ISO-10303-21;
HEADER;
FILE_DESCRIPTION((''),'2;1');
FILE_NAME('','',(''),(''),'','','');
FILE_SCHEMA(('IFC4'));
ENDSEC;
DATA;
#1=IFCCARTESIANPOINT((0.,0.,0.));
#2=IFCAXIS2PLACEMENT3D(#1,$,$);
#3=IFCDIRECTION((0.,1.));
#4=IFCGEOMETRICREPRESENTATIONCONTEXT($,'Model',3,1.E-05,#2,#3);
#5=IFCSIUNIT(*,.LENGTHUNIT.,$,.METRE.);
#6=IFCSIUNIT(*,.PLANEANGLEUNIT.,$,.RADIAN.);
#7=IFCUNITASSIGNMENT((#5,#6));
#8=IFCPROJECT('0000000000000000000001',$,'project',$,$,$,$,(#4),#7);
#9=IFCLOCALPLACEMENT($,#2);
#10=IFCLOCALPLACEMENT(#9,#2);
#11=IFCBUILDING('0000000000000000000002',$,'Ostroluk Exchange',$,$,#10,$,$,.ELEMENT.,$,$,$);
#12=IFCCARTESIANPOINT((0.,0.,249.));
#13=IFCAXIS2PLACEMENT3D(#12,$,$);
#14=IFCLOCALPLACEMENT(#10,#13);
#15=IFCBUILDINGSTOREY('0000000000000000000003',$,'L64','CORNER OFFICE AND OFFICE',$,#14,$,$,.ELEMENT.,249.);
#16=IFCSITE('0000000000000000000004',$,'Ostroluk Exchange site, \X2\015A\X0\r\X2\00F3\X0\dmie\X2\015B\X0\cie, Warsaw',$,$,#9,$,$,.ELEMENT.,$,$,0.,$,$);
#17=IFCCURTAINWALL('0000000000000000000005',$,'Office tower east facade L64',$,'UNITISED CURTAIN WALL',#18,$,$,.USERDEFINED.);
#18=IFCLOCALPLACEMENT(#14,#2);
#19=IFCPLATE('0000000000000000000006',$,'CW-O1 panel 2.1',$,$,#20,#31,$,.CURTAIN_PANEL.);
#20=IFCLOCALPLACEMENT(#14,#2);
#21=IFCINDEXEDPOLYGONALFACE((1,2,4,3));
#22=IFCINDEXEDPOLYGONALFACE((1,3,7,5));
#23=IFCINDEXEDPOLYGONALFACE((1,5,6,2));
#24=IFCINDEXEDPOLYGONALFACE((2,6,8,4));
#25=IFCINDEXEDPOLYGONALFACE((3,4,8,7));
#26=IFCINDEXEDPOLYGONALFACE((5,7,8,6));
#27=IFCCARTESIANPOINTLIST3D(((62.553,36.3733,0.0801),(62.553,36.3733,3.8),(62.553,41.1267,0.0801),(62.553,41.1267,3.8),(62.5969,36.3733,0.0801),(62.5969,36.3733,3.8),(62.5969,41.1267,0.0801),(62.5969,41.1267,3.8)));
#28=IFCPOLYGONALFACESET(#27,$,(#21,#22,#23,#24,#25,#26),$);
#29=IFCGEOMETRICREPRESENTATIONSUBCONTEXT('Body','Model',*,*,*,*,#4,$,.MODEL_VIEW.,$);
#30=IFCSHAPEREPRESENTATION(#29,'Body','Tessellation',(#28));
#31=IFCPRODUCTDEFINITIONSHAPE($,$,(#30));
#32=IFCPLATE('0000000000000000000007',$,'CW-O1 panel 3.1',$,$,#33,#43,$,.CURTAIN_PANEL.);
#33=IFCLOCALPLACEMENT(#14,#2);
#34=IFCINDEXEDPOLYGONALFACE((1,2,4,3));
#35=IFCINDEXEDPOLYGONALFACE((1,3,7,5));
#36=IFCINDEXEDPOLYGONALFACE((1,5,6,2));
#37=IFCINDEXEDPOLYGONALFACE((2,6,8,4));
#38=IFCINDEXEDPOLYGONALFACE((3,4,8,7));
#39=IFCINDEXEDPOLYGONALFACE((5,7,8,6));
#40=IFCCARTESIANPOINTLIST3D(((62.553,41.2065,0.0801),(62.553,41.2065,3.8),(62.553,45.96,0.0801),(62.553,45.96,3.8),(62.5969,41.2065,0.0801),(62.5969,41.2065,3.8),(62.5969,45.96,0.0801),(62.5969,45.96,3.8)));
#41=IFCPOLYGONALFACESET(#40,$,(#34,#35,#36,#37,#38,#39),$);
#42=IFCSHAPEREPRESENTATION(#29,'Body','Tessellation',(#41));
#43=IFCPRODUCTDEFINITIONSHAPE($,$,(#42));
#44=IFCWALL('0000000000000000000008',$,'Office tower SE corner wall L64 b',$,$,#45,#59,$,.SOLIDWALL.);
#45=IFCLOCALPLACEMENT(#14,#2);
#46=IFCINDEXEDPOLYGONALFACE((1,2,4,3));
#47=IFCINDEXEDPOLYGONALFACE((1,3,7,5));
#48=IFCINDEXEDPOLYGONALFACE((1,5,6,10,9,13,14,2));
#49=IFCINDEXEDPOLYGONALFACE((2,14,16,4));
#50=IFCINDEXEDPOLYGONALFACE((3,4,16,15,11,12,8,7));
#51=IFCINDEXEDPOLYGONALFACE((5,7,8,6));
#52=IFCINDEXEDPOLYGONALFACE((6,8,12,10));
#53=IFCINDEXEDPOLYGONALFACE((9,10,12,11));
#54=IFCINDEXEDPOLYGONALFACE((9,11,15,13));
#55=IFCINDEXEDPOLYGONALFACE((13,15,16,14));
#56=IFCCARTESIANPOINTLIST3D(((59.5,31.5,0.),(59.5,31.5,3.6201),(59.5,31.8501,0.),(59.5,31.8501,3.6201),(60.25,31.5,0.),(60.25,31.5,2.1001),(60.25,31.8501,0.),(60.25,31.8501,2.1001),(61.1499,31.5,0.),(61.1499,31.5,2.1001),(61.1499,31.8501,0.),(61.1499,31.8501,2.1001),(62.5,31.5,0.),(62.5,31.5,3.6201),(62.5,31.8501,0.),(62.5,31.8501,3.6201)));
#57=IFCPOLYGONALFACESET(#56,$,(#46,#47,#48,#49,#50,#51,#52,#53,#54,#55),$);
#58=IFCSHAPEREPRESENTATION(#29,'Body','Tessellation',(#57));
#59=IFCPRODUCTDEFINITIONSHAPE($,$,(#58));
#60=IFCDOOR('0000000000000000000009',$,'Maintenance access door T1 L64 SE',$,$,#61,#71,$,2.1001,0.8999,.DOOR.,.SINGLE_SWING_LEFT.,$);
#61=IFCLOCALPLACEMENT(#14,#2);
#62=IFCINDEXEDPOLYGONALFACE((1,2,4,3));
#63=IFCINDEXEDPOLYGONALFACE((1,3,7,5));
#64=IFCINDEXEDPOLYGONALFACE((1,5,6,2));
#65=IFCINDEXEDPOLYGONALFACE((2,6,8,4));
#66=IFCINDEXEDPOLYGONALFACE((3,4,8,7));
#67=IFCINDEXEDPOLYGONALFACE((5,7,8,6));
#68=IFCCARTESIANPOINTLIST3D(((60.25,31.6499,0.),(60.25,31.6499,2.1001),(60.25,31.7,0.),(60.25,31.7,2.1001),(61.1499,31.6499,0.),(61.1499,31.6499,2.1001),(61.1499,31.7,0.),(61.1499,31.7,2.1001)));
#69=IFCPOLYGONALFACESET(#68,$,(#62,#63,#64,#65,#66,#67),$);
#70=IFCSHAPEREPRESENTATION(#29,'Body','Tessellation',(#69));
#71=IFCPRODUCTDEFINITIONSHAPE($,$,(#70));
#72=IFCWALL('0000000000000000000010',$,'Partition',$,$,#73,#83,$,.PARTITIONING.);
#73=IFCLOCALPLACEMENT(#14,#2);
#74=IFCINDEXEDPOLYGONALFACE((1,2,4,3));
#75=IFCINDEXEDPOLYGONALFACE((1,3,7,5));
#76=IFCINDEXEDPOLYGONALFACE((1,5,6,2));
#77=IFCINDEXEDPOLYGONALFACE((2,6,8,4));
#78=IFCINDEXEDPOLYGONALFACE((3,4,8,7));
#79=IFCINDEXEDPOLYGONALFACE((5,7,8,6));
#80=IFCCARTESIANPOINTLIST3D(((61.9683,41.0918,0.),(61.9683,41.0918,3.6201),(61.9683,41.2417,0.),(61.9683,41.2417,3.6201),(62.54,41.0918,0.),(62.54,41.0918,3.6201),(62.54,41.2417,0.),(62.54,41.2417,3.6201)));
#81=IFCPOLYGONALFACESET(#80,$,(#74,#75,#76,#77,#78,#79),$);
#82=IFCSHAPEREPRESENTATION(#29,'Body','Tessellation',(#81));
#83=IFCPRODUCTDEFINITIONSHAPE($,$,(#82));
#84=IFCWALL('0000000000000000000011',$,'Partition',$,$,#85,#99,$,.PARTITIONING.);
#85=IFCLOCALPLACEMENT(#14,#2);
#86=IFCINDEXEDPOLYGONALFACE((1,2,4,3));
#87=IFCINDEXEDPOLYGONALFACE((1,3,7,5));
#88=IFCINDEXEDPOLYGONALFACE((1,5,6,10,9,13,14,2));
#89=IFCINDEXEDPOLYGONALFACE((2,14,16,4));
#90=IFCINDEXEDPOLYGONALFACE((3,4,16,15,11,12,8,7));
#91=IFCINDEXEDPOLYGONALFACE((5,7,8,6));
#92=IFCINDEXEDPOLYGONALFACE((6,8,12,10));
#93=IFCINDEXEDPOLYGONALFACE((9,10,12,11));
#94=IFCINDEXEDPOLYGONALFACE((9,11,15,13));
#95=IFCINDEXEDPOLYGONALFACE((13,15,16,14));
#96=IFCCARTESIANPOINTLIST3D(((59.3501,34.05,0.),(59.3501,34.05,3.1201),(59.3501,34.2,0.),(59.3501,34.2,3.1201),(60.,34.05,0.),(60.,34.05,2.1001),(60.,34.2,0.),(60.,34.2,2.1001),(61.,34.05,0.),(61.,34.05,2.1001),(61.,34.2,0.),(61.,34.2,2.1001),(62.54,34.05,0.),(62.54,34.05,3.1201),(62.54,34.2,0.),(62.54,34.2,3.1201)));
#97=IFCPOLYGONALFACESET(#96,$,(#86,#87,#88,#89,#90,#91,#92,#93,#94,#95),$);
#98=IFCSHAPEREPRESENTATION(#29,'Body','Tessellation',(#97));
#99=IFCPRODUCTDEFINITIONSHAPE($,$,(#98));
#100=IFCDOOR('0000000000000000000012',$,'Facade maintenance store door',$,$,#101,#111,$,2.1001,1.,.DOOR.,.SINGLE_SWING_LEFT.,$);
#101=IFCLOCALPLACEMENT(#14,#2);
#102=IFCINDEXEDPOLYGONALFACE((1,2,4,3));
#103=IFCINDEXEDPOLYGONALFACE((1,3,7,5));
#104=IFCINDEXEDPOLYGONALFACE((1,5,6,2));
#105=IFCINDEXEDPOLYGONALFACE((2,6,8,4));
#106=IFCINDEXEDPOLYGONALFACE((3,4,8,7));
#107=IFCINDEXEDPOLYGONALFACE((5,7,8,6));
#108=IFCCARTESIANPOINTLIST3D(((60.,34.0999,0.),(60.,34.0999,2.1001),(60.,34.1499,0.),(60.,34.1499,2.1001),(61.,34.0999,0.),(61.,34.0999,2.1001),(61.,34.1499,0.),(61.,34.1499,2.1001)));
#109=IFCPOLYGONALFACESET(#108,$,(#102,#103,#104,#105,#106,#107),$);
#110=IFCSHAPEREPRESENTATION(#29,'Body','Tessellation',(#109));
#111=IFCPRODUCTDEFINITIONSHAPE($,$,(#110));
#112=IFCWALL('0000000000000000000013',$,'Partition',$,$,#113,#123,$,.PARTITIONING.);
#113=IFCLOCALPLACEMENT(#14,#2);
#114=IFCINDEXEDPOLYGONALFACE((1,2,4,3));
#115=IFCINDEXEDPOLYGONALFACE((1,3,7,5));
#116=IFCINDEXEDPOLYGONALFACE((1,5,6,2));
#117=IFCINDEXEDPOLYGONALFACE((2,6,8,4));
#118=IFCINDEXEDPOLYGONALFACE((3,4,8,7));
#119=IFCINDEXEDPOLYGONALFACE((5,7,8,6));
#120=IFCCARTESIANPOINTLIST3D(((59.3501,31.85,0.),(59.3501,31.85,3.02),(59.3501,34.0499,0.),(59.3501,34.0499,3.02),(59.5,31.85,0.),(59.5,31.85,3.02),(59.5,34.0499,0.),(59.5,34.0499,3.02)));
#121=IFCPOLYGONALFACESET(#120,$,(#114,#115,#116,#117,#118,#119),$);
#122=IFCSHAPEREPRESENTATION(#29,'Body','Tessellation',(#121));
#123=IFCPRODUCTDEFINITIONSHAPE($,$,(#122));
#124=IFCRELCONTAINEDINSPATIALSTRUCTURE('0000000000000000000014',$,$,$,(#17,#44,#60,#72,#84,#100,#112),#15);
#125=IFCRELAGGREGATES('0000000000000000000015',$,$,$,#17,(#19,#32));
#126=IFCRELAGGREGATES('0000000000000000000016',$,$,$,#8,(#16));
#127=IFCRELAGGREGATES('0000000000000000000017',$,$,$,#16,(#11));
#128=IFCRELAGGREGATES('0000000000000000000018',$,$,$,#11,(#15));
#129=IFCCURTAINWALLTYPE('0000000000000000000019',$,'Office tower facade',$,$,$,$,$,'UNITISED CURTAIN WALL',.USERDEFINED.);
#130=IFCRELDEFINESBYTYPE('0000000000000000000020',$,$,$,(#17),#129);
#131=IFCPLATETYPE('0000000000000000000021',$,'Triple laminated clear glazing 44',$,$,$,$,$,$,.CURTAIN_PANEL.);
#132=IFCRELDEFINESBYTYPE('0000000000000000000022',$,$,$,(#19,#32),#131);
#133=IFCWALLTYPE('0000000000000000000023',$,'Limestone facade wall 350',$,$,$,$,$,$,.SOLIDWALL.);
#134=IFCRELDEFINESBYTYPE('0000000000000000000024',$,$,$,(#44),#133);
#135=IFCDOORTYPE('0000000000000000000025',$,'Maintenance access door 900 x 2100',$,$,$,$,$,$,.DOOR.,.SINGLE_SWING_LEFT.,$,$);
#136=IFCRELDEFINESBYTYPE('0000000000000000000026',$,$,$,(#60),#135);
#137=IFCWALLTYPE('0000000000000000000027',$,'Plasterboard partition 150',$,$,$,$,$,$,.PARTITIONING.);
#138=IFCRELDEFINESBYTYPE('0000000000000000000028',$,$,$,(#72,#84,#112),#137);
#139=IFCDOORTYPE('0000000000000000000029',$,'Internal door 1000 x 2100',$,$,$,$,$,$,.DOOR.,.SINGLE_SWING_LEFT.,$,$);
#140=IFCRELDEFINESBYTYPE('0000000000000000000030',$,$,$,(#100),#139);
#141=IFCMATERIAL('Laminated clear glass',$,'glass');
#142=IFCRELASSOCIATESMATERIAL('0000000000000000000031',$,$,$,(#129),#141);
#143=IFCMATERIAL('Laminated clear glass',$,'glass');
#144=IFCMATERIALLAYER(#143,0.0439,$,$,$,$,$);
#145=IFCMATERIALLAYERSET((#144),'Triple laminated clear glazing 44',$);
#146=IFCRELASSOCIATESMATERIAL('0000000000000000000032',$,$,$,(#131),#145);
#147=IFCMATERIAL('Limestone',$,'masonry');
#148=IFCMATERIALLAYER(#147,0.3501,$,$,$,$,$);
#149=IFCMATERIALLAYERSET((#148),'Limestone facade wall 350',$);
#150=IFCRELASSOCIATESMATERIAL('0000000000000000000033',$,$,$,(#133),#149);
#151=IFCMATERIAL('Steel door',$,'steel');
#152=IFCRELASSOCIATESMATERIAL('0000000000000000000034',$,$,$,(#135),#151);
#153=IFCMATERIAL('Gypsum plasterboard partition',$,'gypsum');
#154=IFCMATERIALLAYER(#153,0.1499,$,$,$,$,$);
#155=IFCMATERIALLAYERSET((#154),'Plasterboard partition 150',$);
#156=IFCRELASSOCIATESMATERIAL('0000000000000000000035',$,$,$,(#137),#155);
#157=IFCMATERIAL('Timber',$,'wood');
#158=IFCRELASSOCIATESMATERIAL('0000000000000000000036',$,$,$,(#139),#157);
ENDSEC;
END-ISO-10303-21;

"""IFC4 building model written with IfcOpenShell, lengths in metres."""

from ifc_helpers import new_model, si_unit, direction, frame, frame_2d, origin, origin_2d, place, context, subcontext, project, spatial, rectangle, extrude, material, layer, layer_set, type_object, element, fill, aggregate, save


model = new_model("IFC4")

# Units and contexts
model_context = context("Model", 3, precision=1e-05, world=origin(), true_north=direction((0.0, 1.0)))
body_context = subcontext(model_context, "Body", "Model", "MODEL_VIEW")
ifc_project = project(units=[si_unit("LENGTHUNIT", "METRE"), si_unit("PLANEANGLEUNIT", "RADIAN")], contexts=[model_context])

# Site, building, storey
site_placement = place(None, origin())
site = spatial("IfcSite", under=ifc_project, at=site_placement, Name="Ostroluk Exchange site, Śródmieście, Warsaw", CompositionType="ELEMENT", RefElevation=0.0)
building_placement = place(site_placement, origin())
building = spatial("IfcBuilding", under=site, at=building_placement, Name="Ostroluk Exchange", CompositionType="ELEMENT")
storey_placement = place(building_placement, frame((0.0, 0.0, 249.0)))
storey = spatial("IfcBuildingStorey", under=building, at=storey_placement, Name="L64", Description="CORNER OFFICE AND OFFICE", CompositionType="ELEMENT", Elevation=249.0)

# Curtain wall
ifc_material_1 = material(Name="Laminated clear glass", Category="glass")
curtain_wall_type = type_object("IfcCurtainWallType", Name="Office tower facade", ElementType="UNITISED CURTAIN WALL", PredefinedType="USERDEFINED", material=ifc_material_1)
curtain_wall_1_placement = place(storey_placement, origin())
curtain_wall_1 = element("IfcCurtainWall", 1, at=curtain_wall_1_placement, inside=storey, type_object=curtain_wall_type, Name="Office tower east facade L64", ObjectType="UNITISED CURTAIN WALL", PredefinedType="USERDEFINED")

# Plates
ifc_material_2 = material(Name="Laminated clear glass", Category="glass")
ifc_layer_1 = layer(ifc_material_2, 0.0439)
ifc_layer_set_1 = layer_set([ifc_layer_1], Name="Triple laminated clear glazing 44")
plate_type_1 = type_object("IfcPlateType", Name="Triple laminated clear glazing 44", PredefinedType="CURTAIN_PANEL", material=ifc_layer_set_1)
plate_1_placement = place(storey_placement, frame((62.575, 38.75, 0.0801), z_axis=(0.0, 0.0, 1.0), x_axis=(0.0, 1.0, 0.0)))
plate_1 = element("IfcPlate", 2, at=plate_1_placement, type_object=plate_type_1, Name="CW-O1 panel 2.1", PredefinedType="CURTAIN_PANEL", context=body_context, shape_type="SweptSolid", body=[
    extrude(rectangle(XDim=4.7534, YDim=0.0439, at=origin_2d()), origin(), (0.0, 0.0, 1.0), 3.72),
])
plate_2_placement = place(storey_placement, frame((62.575, 43.5833, 0.0801), z_axis=(0.0, 0.0, 1.0), x_axis=(0.0, 1.0, 0.0)))
plate_2 = element("IfcPlate", 3, at=plate_2_placement, type_object=plate_type_1, Name="CW-O1 panel 3.1", PredefinedType="CURTAIN_PANEL", context=body_context, shape_type="SweptSolid", body=[
    extrude(rectangle(XDim=4.7534, YDim=0.0439, at=origin_2d()), origin(), (0.0, 0.0, 1.0), 3.72),
])
aggregate(curtain_wall_1, [plate_1, plate_2])

# Wall, opening, door
ifc_material_3 = material(Name="Limestone", Category="masonry")
ifc_layer_2 = layer(ifc_material_3, 0.3501)
ifc_layer_set_2 = layer_set([ifc_layer_2], Name="Limestone facade wall 350")
wall_type_1 = type_object("IfcWallType", Name="Limestone facade wall 350", PredefinedType="SOLIDWALL", material=ifc_layer_set_2)
wall_1_placement = place(storey_placement, frame((59.5, 31.675, 0.0), z_axis=(0.0, 0.0, 1.0), x_axis=(1.0, 0.0, 0.0)))
wall_1 = element("IfcWall", 4, at=wall_1_placement, inside=storey, type_object=wall_type_1, Name="Office tower SE corner wall L64 b", PredefinedType="SOLIDWALL", context=body_context, shape_type="SweptSolid", body=[
    extrude(rectangle(XDim=3.0, YDim=0.3501, at=frame_2d((1.5, 0.0))), origin(), (0.0, 0.0, 1.0), 3.6201),
])
opening_1_placement = place(wall_1_placement, frame((0.75, 0.0, 0.0)))
opening_1 = element("IfcOpeningElement", 5, at=opening_1_placement, cuts=wall_1, PredefinedType="OPENING", context=body_context, shape_type="SweptSolid", body=[
    extrude(rectangle(XDim=0.8999, YDim=2.1001, at=frame_2d((0.45, 1.05))), frame((0.0, 0.1851, 0.0), z_axis=(0.0, -1.0, 0.0), x_axis=(1.0, 0.0, 0.0)), (0.0, 0.0, 1.0), 0.3701),
])
ifc_material_4 = material(Name="Steel door", Category="steel")
door_type_1 = type_object("IfcDoorType", Name="Maintenance access door 900 x 2100", OperationType="SINGLE_SWING_LEFT", PredefinedType="DOOR", material=ifc_material_4)
door_1_placement = place(opening_1_placement, origin())
door_1 = element("IfcDoor", 6, at=door_1_placement, inside=storey, type_object=door_type_1, Name="Maintenance access door T1 L64 SE", OperationType="SINGLE_SWING_LEFT", OverallHeight=2.1001, OverallWidth=0.8999, PredefinedType="DOOR", context=body_context, shape_type="SweptSolid", body=[
    extrude(rectangle(XDim=0.8999, YDim=2.1001, at=frame_2d((0.45, 1.05))), frame((0.0, 0.0249, 0.0), z_axis=(0.0, -1.0, 0.0), x_axis=(1.0, 0.0, 0.0)), (0.0, 0.0, 1.0), 0.05),
])
fill(opening_1, door_1)

# Wall
ifc_material_5 = material(Name="Gypsum plasterboard partition", Category="gypsum")
ifc_layer_3 = layer(ifc_material_5, 0.1499)
ifc_layer_set_3 = layer_set([ifc_layer_3], Name="Plasterboard partition 150")
wall_type_2 = type_object("IfcWallType", Name="Plasterboard partition 150", PredefinedType="PARTITIONING", material=ifc_layer_set_3)
wall_2_placement = place(storey_placement, frame((61.9683, 41.1667, 0.0), z_axis=(0.0, 0.0, 1.0), x_axis=(1.0, 0.0, 0.0)))
element("IfcWall", 7, at=wall_2_placement, inside=storey, type_object=wall_type_2, Name="Partition", PredefinedType="PARTITIONING", context=body_context, shape_type="SweptSolid", body=[
    extrude(rectangle(XDim=0.5718, YDim=0.1499, at=frame_2d((0.2859, 0.0))), origin(), (0.0, 0.0, 1.0), 3.6201),
])

# Wall, opening, door
wall_3_placement = place(storey_placement, frame((59.3501, 34.125, 0.0), z_axis=(0.0, 0.0, 1.0), x_axis=(1.0, 0.0, 0.0)))
wall_3 = element("IfcWall", 8, at=wall_3_placement, inside=storey, type_object=wall_type_2, Name="Partition", PredefinedType="PARTITIONING", context=body_context, shape_type="SweptSolid", body=[
    extrude(rectangle(XDim=3.1899, YDim=0.1499, at=frame_2d((1.595, 0.0))), origin(), (0.0, 0.0, 1.0), 3.1201),
])
opening_2_placement = place(wall_3_placement, frame((0.6499, 0.0, 0.0)))
opening_2 = element("IfcOpeningElement", 9, at=opening_2_placement, cuts=wall_3, PredefinedType="OPENING", context=body_context, shape_type="SweptSolid", body=[
    extrude(rectangle(XDim=1.0, YDim=2.1001, at=frame_2d((0.5, 1.05))), frame((0.0, 0.085, 0.0), z_axis=(0.0, -1.0, 0.0), x_axis=(1.0, 0.0, 0.0)), (0.0, 0.0, 1.0), 0.1699),
])
ifc_material_6 = material(Name="Timber", Category="wood")
door_type_2 = type_object("IfcDoorType", Name="Internal door 1000 x 2100", OperationType="SINGLE_SWING_LEFT", PredefinedType="DOOR", material=ifc_material_6)
door_2_placement = place(opening_2_placement, origin())
door_2 = element("IfcDoor", 10, at=door_2_placement, inside=storey, type_object=door_type_2, Name="Facade maintenance store door", OperationType="SINGLE_SWING_LEFT", OverallHeight=2.1001, OverallWidth=1.0, PredefinedType="DOOR", context=body_context, shape_type="SweptSolid", body=[
    extrude(rectangle(XDim=1.0, YDim=2.1001, at=frame_2d((0.5, 1.05))), frame((0.0, 0.0249, 0.0), z_axis=(0.0, -1.0, 0.0), x_axis=(1.0, 0.0, 0.0)), (0.0, 0.0, 1.0), 0.05),
])
fill(opening_2, door_2)

# Wall
wall_4_placement = place(storey_placement, frame((59.425, 34.05, 0.0), z_axis=(0.0, 0.0, 1.0), x_axis=(0.0, -1.0, 0.0)))
element("IfcWall", 11, at=wall_4_placement, inside=storey, type_object=wall_type_2, Name="Partition", PredefinedType="PARTITIONING", context=body_context, shape_type="SweptSolid", body=[
    extrude(rectangle(XDim=2.2, YDim=0.1499, at=frame_2d((1.1001, 0.0))), origin(), (0.0, 0.0, 1.0), 3.02),
])

save(model, "model.ifc")
